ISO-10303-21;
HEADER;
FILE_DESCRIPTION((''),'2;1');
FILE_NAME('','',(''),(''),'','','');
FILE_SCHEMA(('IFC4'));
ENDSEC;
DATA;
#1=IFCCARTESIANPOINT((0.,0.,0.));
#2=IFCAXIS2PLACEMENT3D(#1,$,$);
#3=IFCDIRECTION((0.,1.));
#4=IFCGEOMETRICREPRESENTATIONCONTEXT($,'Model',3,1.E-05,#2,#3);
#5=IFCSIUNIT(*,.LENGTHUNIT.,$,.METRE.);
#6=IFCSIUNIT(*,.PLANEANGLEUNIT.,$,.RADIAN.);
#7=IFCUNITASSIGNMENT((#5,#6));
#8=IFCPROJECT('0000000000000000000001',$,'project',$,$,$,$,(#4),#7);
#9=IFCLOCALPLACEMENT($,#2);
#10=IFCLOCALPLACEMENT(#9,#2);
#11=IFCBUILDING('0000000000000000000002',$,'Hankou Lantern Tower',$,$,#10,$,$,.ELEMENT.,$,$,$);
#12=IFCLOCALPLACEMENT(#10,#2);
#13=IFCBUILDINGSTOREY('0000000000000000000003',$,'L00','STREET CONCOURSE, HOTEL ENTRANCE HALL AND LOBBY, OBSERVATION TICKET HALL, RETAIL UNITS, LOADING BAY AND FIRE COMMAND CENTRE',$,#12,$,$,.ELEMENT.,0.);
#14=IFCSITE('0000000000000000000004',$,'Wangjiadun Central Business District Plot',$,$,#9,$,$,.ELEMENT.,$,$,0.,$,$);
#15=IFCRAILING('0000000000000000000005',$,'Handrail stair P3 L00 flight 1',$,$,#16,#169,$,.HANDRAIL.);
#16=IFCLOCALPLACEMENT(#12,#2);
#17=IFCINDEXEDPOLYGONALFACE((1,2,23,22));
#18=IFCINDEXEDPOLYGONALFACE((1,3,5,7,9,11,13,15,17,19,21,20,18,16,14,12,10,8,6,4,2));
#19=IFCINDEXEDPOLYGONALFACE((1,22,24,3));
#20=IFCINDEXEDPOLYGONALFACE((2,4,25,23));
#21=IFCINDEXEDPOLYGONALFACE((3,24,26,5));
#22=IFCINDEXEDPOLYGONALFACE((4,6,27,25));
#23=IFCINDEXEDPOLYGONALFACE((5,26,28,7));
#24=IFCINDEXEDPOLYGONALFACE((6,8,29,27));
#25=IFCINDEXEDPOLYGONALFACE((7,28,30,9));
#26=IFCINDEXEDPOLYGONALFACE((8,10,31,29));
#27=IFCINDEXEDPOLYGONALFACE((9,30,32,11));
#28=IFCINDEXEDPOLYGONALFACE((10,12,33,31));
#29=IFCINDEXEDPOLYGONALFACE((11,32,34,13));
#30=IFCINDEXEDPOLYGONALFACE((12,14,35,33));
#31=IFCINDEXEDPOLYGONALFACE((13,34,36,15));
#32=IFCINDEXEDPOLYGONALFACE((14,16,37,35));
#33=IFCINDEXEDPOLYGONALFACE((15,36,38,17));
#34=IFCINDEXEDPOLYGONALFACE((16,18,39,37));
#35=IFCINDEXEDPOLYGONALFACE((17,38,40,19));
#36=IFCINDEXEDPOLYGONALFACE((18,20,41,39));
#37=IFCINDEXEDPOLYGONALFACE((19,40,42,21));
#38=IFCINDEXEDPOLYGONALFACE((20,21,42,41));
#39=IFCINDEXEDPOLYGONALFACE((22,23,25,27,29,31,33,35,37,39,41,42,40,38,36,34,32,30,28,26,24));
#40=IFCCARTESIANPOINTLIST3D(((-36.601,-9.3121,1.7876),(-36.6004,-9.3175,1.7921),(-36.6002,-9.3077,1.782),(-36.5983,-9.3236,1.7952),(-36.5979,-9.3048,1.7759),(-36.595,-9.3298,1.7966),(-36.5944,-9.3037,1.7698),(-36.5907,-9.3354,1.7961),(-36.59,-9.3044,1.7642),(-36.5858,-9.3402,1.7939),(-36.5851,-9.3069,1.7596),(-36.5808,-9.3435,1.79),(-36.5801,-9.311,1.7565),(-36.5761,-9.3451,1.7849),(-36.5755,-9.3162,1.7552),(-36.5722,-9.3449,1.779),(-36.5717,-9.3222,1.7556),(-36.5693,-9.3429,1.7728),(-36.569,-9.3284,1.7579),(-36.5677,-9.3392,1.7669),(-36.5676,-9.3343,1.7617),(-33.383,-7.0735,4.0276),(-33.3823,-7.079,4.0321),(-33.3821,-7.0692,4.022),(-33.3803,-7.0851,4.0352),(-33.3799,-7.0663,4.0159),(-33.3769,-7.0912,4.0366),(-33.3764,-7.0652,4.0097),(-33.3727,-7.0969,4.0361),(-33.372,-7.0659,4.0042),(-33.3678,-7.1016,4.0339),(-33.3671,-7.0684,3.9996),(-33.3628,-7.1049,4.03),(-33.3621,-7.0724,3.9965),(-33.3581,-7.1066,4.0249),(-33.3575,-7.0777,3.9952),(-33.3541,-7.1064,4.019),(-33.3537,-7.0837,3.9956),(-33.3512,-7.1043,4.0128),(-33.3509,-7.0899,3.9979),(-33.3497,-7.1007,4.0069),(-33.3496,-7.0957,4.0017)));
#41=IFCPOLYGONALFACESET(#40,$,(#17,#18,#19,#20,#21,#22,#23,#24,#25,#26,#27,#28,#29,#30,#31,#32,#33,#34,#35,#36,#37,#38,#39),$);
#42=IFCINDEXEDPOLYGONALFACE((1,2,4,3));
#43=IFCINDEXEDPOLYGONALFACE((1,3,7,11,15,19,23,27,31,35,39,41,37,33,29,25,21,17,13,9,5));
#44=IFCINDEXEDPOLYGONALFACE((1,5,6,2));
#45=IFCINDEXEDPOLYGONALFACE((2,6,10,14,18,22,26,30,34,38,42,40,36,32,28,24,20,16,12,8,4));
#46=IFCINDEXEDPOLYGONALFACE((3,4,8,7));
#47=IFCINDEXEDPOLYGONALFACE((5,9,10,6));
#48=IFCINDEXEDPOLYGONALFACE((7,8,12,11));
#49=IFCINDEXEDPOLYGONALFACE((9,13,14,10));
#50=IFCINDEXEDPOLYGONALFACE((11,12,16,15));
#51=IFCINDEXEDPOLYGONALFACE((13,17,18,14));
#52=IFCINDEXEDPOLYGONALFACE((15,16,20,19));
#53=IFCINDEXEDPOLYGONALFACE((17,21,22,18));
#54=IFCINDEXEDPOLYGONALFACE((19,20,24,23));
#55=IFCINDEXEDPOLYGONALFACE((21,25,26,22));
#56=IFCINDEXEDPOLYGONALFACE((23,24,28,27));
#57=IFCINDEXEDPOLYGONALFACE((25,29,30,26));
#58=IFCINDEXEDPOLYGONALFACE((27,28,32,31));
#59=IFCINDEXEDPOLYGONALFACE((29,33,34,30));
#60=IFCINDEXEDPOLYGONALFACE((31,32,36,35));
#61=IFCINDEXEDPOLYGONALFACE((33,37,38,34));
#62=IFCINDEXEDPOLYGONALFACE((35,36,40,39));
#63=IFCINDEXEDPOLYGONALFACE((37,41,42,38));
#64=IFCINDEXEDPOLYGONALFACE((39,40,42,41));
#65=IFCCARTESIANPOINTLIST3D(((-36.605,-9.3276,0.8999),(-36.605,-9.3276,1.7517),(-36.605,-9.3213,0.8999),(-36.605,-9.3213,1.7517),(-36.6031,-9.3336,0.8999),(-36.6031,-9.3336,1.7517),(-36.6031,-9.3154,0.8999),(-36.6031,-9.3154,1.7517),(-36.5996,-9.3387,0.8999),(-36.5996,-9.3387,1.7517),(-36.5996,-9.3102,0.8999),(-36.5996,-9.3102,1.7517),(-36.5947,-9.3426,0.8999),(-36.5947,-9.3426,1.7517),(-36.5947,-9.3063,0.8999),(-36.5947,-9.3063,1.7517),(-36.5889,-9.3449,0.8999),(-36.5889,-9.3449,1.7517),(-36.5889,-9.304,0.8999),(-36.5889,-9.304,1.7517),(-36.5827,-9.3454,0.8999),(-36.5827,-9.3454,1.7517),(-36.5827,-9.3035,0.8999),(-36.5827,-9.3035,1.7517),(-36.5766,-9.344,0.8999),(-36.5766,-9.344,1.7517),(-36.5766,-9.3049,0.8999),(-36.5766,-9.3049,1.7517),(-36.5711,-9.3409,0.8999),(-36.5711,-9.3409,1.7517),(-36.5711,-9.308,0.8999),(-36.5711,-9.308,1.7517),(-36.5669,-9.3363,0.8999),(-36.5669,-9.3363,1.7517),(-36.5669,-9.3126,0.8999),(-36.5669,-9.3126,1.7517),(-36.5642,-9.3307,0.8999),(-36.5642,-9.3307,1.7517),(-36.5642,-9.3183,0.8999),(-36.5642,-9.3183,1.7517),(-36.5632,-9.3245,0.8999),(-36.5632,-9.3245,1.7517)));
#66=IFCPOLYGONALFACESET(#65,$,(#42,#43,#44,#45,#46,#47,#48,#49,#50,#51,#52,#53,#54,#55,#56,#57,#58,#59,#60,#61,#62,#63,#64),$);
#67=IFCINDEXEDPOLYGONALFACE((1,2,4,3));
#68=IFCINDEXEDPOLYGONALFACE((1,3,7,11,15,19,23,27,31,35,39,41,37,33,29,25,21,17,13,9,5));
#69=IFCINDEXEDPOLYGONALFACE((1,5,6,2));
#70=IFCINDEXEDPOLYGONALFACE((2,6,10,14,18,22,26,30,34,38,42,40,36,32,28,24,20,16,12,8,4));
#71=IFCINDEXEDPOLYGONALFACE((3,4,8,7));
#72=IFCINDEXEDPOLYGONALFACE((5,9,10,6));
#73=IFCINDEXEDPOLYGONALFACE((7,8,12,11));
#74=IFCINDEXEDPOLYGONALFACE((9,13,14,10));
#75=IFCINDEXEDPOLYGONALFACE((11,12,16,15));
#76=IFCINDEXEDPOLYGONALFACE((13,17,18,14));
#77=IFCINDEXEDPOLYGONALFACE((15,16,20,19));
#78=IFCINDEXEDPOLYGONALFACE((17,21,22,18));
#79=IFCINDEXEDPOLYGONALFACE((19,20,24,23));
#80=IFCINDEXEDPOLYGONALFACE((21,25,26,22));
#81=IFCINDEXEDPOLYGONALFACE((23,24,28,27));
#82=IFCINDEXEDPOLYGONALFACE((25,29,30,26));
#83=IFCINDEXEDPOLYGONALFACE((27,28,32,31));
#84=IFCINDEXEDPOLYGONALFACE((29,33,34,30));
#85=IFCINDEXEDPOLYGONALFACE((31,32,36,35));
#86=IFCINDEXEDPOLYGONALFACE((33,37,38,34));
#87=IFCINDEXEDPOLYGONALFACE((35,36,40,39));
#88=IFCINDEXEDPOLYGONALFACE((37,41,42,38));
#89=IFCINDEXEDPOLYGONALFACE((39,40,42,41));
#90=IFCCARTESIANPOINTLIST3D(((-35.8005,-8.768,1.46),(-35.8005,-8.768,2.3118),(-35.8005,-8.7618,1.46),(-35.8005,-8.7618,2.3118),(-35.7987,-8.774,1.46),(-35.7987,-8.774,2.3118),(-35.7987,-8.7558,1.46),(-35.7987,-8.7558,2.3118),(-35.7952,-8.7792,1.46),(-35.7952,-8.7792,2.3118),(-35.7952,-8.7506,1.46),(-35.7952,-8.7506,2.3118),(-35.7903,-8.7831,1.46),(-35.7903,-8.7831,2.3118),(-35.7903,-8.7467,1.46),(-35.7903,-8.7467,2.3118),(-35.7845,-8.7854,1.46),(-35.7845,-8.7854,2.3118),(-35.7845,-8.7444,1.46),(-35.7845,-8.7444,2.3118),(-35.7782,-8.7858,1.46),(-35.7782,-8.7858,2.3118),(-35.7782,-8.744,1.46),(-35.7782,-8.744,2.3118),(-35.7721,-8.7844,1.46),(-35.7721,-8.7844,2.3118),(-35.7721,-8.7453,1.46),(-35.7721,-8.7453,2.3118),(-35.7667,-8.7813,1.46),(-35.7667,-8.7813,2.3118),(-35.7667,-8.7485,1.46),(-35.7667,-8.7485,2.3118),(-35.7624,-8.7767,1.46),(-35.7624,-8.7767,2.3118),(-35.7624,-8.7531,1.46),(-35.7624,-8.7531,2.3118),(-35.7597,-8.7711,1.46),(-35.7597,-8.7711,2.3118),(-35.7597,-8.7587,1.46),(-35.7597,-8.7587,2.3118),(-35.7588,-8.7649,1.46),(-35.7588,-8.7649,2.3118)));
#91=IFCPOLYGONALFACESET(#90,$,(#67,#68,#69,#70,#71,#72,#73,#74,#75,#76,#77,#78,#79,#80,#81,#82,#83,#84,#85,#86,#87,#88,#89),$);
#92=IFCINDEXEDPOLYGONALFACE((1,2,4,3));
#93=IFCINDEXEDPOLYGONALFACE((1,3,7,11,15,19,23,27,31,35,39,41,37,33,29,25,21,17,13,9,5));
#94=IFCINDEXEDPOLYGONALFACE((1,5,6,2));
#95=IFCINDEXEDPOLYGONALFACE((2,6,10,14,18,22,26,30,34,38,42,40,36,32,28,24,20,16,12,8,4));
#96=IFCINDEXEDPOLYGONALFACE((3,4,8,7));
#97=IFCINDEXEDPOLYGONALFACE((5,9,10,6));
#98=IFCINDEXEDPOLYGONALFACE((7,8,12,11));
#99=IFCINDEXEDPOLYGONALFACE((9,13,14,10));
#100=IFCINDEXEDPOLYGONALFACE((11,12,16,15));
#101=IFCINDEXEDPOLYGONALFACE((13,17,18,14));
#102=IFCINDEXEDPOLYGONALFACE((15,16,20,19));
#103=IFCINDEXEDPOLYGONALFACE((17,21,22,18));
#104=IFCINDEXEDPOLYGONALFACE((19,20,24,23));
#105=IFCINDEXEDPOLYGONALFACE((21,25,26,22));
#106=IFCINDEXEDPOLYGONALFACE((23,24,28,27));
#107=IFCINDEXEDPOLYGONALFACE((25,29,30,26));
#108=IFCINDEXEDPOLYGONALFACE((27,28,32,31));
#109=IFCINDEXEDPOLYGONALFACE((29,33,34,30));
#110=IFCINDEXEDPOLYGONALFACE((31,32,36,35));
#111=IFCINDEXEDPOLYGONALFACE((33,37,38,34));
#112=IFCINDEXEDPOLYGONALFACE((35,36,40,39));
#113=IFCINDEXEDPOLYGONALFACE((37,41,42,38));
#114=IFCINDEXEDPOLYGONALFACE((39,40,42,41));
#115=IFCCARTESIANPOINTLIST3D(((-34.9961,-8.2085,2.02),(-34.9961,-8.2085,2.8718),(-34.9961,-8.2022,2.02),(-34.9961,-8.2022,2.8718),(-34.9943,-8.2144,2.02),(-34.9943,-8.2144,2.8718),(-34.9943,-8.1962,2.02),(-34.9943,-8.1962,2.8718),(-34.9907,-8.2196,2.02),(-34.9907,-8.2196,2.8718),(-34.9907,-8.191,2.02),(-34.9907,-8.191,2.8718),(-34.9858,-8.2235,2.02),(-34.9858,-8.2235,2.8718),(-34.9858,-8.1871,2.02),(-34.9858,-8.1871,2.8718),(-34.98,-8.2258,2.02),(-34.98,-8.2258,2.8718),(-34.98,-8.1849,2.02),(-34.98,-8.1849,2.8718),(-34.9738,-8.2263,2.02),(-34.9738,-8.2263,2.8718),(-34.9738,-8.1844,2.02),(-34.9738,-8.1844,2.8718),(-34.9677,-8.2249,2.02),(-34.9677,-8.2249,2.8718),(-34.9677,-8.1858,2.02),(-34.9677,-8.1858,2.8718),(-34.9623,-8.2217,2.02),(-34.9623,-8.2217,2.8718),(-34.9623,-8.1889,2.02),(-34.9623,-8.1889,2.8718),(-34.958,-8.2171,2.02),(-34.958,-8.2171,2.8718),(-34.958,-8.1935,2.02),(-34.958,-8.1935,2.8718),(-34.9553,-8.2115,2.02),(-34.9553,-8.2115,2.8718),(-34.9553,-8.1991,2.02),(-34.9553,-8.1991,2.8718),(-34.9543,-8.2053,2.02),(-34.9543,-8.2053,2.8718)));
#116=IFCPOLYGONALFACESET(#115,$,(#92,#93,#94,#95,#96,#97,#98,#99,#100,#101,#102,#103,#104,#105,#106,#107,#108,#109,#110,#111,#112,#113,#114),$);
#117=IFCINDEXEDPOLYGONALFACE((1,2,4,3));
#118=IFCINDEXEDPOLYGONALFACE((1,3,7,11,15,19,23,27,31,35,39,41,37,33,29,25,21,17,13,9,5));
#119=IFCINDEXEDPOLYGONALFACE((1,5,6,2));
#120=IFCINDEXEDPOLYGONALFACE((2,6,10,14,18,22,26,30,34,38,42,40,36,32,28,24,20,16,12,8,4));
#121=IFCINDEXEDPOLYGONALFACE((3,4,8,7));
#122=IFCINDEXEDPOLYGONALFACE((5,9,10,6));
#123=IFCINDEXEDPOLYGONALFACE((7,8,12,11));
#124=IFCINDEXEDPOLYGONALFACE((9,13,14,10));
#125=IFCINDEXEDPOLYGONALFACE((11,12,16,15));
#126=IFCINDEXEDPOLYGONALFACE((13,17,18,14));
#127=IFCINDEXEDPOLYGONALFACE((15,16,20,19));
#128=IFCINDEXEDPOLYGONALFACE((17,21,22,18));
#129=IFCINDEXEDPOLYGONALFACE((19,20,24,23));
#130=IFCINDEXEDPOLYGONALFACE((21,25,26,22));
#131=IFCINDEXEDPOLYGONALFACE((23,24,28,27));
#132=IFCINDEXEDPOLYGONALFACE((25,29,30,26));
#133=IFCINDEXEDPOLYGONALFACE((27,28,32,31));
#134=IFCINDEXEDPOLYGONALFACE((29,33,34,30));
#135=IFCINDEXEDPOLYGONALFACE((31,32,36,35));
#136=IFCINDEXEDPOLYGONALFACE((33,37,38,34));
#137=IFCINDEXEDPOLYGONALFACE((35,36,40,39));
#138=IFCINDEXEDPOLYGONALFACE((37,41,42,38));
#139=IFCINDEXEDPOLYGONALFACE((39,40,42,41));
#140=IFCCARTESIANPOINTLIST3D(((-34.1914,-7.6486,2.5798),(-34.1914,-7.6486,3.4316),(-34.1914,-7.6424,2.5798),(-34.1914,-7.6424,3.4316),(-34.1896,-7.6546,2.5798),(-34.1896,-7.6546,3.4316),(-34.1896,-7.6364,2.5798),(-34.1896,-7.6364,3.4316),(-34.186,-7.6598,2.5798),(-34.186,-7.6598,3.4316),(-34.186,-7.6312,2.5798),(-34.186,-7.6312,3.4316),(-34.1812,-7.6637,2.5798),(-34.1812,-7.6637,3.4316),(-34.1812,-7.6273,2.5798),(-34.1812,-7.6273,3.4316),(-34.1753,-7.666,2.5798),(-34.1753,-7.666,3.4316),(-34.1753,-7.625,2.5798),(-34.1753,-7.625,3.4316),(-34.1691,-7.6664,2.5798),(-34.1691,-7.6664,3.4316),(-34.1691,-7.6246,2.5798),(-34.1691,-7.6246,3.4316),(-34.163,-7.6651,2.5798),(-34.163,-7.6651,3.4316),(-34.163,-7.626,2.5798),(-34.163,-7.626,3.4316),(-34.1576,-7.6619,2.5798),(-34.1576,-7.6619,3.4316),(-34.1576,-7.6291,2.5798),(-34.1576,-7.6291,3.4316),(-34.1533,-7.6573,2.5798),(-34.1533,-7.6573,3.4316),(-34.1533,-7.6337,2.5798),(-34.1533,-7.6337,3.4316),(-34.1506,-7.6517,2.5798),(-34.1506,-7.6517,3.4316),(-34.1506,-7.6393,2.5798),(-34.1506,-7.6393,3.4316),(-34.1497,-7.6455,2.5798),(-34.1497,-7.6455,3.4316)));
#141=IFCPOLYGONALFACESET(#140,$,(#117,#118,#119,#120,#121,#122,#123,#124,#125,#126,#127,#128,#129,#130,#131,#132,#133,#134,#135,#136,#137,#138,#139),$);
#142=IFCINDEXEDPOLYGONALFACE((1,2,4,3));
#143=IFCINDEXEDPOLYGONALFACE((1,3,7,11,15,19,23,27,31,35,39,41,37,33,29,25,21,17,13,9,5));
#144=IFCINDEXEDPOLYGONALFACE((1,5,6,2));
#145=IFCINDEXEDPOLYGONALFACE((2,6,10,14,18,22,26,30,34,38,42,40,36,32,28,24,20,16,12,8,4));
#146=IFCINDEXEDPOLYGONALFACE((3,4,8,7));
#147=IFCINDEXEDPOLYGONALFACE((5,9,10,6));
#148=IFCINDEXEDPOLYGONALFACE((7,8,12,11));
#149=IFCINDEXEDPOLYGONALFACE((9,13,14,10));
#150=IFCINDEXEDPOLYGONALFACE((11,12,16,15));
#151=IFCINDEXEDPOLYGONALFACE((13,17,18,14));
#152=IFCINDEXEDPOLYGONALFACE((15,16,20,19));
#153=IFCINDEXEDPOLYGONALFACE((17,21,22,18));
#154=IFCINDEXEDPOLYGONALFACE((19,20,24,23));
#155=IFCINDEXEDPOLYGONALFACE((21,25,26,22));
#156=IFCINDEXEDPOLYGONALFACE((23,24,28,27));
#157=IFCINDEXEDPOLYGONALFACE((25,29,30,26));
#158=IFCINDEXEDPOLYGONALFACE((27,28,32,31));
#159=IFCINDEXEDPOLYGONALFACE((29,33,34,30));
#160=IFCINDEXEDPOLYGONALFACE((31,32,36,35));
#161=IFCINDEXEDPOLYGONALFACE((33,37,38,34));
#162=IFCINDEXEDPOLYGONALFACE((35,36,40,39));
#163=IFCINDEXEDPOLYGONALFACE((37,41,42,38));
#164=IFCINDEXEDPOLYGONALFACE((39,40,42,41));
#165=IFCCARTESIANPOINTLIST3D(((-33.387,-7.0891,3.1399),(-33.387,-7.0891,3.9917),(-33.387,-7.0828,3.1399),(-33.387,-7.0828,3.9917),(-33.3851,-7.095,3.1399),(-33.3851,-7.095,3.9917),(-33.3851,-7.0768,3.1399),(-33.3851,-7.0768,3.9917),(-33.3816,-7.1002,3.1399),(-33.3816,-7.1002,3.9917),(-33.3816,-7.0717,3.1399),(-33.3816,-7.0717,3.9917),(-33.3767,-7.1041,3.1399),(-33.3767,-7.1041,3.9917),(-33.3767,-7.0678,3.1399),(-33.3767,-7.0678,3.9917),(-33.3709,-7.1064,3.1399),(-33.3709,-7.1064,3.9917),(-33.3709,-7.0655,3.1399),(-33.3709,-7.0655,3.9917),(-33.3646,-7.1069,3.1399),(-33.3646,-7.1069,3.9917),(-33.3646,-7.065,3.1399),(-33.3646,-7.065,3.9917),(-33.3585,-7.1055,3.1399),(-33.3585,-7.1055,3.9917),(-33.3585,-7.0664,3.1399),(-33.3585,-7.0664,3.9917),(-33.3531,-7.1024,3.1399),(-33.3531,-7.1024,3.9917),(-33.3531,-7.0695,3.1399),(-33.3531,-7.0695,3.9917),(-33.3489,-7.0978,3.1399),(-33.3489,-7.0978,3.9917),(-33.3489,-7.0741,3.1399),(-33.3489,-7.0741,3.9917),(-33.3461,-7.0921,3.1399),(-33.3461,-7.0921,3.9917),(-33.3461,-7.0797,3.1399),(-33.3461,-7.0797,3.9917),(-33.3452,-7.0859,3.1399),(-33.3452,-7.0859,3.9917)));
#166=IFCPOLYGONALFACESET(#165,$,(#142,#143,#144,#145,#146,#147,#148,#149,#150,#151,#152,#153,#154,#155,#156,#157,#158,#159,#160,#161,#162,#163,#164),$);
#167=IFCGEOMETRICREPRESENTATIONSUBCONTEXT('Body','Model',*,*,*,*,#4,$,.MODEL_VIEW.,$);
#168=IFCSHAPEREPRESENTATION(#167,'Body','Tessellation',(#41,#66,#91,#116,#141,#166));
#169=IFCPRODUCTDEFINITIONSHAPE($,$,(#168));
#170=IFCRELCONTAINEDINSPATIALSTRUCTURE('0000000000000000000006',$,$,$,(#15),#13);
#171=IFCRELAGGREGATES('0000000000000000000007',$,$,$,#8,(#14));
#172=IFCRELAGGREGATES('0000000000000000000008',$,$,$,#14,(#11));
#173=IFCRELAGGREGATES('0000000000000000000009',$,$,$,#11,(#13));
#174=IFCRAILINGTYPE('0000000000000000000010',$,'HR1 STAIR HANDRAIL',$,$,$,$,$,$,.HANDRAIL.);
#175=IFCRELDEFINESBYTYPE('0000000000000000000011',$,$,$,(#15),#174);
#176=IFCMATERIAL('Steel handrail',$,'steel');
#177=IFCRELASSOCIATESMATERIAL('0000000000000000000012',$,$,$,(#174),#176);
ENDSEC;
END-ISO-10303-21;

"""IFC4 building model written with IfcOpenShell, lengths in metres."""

from ifc_helpers import new_model, si_unit, direction, frame, origin, origin_2d, place, context, subcontext, project, spatial, circle, extrude, material, type_object, element, save


model = new_model("IFC4")

# Units and contexts
model_context = context("Model", 3, precision=1e-05, world=origin(), true_north=direction((0.0, 1.0)))
body_context = subcontext(model_context, "Body", "Model", "MODEL_VIEW")
ifc_project = project(units=[si_unit("LENGTHUNIT", "METRE"), si_unit("PLANEANGLEUNIT", "RADIAN")], contexts=[model_context])

# Site, building, storey
site_placement = place(None, origin())
site = spatial("IfcSite", under=ifc_project, at=site_placement, Name="Wangjiadun Central Business District Plot", CompositionType="ELEMENT", RefElevation=0.0)
building_placement = place(site_placement, origin())
building = spatial("IfcBuilding", under=site, at=building_placement, Name="Hankou Lantern Tower", CompositionType="ELEMENT")
storey_placement = place(building_placement, origin())
storey = spatial("IfcBuildingStorey", under=building, at=storey_placement, Name="L00", Description="STREET CONCOURSE, HOTEL ENTRANCE HALL AND LOBBY, OBSERVATION TICKET HALL, RETAIL UNITS, LOADING BAY AND FIRE COMMAND CENTRE", CompositionType="ELEMENT", Elevation=0.0)

# Railing
ifc_material_1 = material(Name="Steel handrail", Category="steel")
railing_type = type_object("IfcRailingType", Name="HR1 STAIR HANDRAIL", PredefinedType="HANDRAIL", material=ifc_material_1)
for number, where, name in (
    (1, (-36.5842, -9.3245, 0.8999), "Handrail stair P3 L00 flight 1"),
):
    element("IfcRailing", number, at=place(storey_placement, frame(where)), inside=storey, type_object=railing_type, Name=name, PredefinedType="HANDRAIL", context=body_context, shape_type="SweptSolid", body=[
        extrude(circle(Radius=0.0239, at=origin_2d()), frame((0.0, 0.0, 0.876), z_axis=(0.712757, 0.49581, 0.496134), x_axis=(-0.571048, 0.820917, 0.0)), (0.0, 0.0, 1.0), 4.5149),
        extrude(circle(Radius=0.021, at=origin_2d()), origin(), (0.0, 0.0, 1.0), 0.8518),
        extrude(circle(Radius=0.021, at=origin_2d()), frame((0.8044, 0.5596, 0.5601)), (0.0, 0.0, 1.0), 0.8518),
        extrude(circle(Radius=0.021, at=origin_2d()), frame((1.6089, 1.1191, 1.1201)), (0.0, 0.0, 1.0), 0.8518),
        extrude(circle(Radius=0.021, at=origin_2d()), frame((2.4136, 1.679, 1.6799)), (0.0, 0.0, 1.0), 0.8518),
        extrude(circle(Radius=0.021, at=origin_2d()), frame((3.218, 2.2385, 2.24)), (0.0, 0.0, 1.0), 0.8518),
    ])

save(model, "model.ifc")
